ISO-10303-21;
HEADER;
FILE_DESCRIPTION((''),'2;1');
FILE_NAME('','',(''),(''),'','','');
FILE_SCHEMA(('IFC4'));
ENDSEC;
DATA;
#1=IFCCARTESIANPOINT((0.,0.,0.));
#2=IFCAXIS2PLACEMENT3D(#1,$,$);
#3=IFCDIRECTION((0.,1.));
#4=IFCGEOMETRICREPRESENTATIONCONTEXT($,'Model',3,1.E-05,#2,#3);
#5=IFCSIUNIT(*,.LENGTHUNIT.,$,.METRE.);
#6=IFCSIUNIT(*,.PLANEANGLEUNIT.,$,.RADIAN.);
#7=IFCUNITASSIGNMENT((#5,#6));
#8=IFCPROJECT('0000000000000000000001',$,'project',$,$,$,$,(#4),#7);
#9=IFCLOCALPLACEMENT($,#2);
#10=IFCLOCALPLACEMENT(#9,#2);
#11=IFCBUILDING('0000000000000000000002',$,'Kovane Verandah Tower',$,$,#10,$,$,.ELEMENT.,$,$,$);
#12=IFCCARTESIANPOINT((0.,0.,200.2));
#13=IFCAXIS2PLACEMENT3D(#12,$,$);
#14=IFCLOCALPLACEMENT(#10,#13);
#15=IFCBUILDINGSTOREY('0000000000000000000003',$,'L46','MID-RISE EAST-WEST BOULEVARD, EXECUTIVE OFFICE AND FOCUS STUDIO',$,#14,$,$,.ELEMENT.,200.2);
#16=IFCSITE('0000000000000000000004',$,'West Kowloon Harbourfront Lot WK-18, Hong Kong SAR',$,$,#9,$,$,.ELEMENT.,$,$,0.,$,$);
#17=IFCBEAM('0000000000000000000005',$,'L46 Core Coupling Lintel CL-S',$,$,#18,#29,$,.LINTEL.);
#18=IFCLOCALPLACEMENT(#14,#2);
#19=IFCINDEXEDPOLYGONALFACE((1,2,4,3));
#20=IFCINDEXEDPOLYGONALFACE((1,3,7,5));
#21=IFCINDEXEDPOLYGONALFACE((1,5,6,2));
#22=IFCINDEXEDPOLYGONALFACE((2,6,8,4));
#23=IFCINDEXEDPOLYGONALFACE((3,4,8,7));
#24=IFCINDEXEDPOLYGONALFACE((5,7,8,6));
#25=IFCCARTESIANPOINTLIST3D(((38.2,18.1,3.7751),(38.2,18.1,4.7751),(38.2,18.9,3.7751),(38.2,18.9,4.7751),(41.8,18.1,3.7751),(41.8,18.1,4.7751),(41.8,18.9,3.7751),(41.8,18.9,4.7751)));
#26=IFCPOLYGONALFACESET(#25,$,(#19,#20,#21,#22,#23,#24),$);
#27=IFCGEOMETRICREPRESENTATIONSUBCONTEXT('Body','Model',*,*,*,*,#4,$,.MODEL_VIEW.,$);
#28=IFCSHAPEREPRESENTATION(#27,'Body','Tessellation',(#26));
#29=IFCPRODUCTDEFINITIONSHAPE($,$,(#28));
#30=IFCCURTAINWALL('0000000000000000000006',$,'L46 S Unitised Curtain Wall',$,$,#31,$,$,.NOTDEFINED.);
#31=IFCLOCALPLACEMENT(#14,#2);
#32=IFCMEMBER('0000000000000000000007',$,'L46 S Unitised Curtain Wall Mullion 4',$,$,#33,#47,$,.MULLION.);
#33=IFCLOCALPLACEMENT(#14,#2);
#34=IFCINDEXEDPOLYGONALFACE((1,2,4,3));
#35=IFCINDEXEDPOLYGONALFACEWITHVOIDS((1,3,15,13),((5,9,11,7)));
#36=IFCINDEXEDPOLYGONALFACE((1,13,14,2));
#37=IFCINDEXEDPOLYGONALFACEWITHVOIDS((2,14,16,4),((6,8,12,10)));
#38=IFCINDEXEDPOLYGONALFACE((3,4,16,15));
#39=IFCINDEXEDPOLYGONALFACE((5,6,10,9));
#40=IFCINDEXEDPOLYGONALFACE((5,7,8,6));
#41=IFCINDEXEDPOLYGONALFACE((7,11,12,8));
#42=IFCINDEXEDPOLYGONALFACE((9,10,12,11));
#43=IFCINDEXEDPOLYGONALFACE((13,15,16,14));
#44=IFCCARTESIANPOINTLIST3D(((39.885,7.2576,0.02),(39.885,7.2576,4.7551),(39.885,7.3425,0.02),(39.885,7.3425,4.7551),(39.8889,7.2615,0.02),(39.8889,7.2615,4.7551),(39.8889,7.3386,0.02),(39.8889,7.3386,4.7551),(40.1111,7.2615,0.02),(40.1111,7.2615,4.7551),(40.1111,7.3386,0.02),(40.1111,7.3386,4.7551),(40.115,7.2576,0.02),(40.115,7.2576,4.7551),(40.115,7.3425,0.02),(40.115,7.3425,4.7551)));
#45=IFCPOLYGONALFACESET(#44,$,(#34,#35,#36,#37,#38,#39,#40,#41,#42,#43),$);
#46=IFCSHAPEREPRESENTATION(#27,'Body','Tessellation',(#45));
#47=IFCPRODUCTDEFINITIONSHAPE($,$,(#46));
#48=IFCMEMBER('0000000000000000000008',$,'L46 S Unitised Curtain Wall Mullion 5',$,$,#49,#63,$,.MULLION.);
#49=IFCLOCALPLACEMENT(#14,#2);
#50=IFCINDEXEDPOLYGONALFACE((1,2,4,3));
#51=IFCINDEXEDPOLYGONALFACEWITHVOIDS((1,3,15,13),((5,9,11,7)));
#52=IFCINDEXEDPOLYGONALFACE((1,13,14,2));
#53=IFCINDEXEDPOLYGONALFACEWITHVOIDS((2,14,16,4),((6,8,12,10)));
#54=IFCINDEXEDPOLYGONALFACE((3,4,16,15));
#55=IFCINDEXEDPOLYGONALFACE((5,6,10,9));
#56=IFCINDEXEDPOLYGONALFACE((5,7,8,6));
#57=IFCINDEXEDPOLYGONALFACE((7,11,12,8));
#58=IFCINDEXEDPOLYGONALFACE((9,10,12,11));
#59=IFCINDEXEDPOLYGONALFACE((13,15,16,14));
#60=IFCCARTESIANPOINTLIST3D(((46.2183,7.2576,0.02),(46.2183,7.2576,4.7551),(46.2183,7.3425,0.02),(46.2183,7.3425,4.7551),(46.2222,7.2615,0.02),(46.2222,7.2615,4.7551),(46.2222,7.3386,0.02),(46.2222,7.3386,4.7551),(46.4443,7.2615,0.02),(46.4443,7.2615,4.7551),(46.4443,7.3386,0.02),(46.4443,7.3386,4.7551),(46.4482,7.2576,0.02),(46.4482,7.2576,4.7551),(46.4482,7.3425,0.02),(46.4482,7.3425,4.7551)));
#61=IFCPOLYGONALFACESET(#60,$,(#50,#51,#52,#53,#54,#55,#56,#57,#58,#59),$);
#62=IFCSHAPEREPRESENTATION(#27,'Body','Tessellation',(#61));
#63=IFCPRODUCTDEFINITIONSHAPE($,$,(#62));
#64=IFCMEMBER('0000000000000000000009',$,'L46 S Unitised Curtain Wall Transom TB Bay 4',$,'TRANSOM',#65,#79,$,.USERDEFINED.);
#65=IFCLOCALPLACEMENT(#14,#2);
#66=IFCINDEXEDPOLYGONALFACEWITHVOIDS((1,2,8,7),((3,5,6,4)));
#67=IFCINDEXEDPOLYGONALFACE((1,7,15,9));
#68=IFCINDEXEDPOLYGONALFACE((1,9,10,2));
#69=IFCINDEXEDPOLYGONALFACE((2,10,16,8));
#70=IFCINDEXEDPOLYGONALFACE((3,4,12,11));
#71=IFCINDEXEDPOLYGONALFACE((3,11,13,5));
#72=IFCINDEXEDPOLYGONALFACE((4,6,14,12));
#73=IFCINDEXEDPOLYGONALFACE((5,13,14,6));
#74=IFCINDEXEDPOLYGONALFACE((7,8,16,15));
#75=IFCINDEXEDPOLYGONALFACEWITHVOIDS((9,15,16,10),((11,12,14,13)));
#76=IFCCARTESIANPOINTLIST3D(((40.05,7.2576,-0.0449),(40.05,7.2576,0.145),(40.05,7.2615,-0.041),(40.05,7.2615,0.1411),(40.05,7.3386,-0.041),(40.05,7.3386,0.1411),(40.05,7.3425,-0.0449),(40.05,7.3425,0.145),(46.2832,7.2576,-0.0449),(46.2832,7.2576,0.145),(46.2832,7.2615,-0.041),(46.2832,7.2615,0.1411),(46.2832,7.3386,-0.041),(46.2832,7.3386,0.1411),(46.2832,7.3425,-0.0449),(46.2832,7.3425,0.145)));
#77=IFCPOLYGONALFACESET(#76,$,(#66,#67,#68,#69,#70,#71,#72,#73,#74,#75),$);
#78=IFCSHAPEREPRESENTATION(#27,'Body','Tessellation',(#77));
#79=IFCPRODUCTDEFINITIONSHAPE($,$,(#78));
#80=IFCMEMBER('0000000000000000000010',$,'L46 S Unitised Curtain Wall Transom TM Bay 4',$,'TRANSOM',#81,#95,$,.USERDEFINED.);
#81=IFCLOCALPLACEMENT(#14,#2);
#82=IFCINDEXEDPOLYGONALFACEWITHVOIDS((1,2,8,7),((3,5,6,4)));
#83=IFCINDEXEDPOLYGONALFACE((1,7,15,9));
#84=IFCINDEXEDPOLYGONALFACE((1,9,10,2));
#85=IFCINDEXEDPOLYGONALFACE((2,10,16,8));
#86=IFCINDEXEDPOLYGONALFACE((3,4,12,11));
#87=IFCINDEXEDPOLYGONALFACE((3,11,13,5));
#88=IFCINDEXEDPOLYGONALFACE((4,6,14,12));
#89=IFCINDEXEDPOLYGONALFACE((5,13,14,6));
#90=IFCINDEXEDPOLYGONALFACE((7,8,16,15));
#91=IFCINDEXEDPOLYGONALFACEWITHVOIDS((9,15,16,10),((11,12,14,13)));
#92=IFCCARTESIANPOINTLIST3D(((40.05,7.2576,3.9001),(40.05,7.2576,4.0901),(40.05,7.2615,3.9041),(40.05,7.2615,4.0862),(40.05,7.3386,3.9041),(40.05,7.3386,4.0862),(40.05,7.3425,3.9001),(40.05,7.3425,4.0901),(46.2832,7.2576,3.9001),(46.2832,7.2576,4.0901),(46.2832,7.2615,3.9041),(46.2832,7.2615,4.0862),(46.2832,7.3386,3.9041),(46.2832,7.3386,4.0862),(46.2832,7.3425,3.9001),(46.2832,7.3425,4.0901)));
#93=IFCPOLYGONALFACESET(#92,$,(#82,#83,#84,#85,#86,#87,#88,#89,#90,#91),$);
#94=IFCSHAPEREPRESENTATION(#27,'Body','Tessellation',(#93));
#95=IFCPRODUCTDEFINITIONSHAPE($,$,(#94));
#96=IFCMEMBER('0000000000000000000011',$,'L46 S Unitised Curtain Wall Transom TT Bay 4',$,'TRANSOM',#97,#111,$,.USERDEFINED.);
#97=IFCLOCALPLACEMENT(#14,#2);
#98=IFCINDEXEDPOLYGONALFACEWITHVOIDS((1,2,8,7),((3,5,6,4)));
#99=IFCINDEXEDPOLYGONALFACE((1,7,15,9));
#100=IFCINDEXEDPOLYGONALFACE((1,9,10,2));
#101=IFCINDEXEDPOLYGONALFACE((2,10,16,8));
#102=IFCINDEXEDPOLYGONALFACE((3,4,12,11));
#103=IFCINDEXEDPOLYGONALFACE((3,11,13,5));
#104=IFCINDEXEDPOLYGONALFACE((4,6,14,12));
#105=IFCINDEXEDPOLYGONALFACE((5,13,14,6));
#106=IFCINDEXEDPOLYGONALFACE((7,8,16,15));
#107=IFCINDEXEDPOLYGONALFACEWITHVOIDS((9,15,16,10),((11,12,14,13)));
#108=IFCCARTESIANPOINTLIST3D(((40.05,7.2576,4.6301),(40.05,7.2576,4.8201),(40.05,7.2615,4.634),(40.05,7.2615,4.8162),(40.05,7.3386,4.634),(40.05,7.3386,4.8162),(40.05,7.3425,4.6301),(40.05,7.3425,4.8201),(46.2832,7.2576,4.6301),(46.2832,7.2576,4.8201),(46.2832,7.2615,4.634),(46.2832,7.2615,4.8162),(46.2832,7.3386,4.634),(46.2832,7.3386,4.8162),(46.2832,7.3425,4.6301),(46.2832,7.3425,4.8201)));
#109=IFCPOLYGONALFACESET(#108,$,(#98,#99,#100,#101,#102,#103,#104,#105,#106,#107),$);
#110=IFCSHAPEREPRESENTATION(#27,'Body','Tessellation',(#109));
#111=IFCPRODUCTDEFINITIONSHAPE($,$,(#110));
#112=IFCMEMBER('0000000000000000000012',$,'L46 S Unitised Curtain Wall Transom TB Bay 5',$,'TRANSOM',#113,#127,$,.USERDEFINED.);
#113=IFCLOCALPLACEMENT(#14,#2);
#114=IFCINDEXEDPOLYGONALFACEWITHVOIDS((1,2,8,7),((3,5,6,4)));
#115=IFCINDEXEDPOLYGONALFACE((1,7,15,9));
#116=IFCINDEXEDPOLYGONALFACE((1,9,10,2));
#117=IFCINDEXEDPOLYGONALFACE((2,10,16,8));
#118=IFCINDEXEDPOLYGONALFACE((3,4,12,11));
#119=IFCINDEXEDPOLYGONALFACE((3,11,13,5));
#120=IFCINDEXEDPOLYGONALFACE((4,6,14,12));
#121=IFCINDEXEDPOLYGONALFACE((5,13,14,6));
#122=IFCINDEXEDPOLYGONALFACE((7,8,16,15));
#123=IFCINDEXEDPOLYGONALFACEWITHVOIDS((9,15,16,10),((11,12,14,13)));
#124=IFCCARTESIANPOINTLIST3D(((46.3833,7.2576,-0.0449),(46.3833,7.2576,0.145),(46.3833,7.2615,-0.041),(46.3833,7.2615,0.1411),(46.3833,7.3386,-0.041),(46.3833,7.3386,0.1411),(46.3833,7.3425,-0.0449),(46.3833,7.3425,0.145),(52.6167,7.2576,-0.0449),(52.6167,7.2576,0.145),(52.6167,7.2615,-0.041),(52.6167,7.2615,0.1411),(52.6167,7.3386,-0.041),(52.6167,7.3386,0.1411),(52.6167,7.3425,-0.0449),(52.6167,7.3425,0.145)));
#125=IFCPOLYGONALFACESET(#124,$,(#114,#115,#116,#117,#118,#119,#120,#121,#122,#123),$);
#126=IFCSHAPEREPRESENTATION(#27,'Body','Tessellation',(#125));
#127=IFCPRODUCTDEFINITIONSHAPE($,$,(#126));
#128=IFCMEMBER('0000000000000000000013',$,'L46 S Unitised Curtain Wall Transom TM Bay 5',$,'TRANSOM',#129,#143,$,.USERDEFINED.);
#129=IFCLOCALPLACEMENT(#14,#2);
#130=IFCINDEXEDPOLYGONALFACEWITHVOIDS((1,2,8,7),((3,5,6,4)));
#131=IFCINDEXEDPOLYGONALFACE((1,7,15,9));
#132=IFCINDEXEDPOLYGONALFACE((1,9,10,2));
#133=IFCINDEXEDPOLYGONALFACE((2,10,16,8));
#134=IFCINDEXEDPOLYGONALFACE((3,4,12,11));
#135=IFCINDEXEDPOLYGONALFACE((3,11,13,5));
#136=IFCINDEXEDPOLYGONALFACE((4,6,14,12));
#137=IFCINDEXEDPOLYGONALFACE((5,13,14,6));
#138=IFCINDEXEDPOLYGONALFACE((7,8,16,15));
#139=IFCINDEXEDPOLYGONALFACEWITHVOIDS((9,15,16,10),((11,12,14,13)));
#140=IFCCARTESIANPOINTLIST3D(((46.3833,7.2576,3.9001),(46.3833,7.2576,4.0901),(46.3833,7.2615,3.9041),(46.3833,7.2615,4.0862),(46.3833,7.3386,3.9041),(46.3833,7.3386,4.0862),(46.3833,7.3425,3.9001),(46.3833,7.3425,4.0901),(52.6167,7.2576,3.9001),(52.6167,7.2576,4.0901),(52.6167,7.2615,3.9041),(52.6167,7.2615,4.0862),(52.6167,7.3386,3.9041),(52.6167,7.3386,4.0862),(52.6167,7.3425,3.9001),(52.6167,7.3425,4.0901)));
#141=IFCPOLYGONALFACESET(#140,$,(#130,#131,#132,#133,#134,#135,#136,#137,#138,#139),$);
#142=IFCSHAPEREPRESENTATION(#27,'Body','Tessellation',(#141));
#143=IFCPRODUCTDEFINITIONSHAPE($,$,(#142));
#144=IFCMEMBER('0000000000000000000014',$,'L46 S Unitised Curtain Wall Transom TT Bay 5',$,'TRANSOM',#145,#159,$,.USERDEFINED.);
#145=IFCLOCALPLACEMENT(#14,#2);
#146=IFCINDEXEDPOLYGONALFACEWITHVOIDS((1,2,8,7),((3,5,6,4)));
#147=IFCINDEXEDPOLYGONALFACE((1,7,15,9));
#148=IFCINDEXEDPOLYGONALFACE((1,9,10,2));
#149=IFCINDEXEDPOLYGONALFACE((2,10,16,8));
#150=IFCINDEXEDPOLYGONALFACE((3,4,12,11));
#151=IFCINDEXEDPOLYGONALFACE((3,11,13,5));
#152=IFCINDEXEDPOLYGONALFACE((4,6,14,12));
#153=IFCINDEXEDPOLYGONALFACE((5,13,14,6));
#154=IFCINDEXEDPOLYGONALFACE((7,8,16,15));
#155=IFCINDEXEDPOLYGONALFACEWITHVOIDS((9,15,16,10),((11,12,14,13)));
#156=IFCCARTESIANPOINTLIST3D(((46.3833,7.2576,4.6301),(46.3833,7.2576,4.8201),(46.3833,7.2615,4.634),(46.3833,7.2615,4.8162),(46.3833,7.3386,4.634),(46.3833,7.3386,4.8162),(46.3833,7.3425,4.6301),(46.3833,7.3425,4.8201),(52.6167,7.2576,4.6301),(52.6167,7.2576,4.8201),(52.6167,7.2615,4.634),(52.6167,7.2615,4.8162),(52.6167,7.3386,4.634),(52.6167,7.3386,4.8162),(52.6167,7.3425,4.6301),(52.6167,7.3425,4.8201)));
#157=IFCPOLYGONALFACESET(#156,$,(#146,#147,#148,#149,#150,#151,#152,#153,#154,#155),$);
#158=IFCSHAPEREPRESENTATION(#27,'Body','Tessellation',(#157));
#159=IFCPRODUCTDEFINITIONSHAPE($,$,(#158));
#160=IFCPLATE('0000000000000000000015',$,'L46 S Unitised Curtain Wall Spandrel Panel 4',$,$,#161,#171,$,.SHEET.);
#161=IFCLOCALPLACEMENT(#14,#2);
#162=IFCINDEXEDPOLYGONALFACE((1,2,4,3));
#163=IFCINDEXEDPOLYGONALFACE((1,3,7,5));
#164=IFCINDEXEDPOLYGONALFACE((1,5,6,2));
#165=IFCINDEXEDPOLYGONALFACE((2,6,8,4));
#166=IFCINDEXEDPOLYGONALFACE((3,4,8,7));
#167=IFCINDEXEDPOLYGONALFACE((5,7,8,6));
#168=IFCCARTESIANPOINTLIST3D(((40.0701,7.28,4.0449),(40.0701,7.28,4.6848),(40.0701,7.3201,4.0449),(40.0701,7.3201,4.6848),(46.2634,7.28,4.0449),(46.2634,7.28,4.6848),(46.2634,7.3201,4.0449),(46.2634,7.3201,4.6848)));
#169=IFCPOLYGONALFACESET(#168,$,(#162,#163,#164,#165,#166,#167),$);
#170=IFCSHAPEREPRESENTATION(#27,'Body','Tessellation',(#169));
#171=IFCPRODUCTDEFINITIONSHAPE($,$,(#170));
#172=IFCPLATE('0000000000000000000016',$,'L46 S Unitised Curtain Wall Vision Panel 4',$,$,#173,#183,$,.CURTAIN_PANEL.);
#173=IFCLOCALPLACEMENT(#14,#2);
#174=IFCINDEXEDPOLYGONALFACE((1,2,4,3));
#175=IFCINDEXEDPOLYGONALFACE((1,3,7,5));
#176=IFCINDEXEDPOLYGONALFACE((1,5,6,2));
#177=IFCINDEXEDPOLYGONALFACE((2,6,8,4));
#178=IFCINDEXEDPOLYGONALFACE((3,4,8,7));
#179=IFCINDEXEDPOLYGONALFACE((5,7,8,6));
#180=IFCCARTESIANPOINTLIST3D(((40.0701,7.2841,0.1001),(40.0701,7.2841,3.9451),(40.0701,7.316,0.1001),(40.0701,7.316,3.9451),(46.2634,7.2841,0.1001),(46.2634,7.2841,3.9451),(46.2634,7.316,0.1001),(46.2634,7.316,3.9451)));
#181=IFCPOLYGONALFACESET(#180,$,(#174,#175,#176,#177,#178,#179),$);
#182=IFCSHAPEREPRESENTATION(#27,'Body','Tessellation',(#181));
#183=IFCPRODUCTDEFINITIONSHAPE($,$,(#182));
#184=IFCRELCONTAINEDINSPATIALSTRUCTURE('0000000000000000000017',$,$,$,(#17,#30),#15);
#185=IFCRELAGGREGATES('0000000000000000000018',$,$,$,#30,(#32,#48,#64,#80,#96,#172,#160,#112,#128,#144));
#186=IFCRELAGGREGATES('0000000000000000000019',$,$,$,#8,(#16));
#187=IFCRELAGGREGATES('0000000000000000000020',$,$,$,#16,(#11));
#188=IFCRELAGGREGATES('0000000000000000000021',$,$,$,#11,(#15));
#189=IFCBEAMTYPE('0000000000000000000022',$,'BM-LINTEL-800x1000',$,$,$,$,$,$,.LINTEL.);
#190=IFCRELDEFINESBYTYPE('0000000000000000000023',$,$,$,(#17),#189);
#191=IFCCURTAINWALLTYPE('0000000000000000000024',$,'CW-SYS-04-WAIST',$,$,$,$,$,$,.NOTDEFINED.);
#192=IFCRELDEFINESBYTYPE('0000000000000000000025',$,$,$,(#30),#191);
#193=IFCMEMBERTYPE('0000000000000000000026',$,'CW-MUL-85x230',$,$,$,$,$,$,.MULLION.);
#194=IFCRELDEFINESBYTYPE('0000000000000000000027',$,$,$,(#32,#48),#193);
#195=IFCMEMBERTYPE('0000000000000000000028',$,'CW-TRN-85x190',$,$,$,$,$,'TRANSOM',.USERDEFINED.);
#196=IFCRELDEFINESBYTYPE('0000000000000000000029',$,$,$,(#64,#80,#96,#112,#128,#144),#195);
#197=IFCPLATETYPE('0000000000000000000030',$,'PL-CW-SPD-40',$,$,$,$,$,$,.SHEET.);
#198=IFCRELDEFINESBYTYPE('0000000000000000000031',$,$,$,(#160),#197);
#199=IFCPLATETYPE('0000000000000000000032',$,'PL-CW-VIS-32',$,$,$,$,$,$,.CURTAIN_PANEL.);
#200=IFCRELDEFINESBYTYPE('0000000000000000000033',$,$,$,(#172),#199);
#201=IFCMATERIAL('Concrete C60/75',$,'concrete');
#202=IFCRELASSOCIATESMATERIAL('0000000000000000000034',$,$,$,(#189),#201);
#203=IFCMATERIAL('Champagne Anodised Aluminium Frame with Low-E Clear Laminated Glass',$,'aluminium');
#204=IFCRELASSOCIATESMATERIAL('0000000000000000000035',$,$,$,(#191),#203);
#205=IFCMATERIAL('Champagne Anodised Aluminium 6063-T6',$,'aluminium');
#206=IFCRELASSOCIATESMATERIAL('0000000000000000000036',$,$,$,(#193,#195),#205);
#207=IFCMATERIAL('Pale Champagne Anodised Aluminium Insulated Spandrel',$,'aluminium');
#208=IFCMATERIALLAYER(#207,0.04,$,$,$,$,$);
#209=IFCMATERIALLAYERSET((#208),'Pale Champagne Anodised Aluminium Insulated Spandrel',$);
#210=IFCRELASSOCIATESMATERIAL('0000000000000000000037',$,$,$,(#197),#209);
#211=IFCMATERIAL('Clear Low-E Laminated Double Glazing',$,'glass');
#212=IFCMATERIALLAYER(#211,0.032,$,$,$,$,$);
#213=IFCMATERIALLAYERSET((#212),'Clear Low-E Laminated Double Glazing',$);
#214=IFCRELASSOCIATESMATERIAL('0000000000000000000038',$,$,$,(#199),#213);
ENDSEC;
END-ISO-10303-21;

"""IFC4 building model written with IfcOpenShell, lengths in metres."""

from ifc_helpers import new_model, si_unit, direction, frame, origin, origin_2d, place, context, subcontext, project, spatial, rectangle, hollow_rectangle, extrude, material, layer, layer_set, material_profile, profile_set, type_object, element, aggregate, save


model = new_model("IFC4")

# Units and contexts
model_context = context("Model", 3, precision=1e-05, world=origin(), true_north=direction((0.0, 1.0)))
body_context = subcontext(model_context, "Body", "Model", "MODEL_VIEW")
ifc_project = project(units=[si_unit("LENGTHUNIT", "METRE"), si_unit("PLANEANGLEUNIT", "RADIAN")], contexts=[model_context])

# Site, building, storey
site_placement = place(None, origin())
site = spatial("IfcSite", under=ifc_project, at=site_placement, Name="West Kowloon Harbourfront Lot WK-18, Hong Kong SAR", CompositionType="ELEMENT", RefElevation=0.0)
building_placement = place(site_placement, origin())
building = spatial("IfcBuilding", under=site, at=building_placement, Name="Kovane Verandah Tower", CompositionType="ELEMENT")
storey_placement = place(building_placement, frame((0.0, 0.0, 200.2)))
storey = spatial("IfcBuildingStorey", under=building, at=storey_placement, Name="L46", Description="MID-RISE EAST-WEST BOULEVARD, EXECUTIVE OFFICE AND FOCUS STUDIO", CompositionType="ELEMENT", Elevation=200.2)

# Beam
ifc_material_1 = material(Name="Concrete C60/75", Category="concrete")
ifc_material_profile_1 = material_profile(ifc_material_1, rectangle(XDim=0.8, YDim=1.0, at=origin_2d()), Name="RCB800x1000")
ifc_profile_set_1 = profile_set([ifc_material_profile_1], Name="Concrete C60/75")
beam_type = type_object("IfcBeamType", Name="BM-LINTEL-800x1000", PredefinedType="LINTEL", material=ifc_profile_set_1)
beam_placement = place(storey_placement, frame((38.2, 18.5, 4.2751), z_axis=(1.0, 0.0, 0.0), x_axis=(0.0, 1.0, 0.0)))
element("IfcBeam", 1, at=beam_placement, inside=storey, type_object=beam_type, Name="L46 Core Coupling Lintel CL-S", PredefinedType="LINTEL", context=body_context, shape_type="SweptSolid", body=[
    extrude(rectangle(XDim=0.8, YDim=1.0, at=origin_2d()), origin(), (0.0, 0.0, 1.0), 3.6001),
])

# Curtain wall, members, plates
ifc_material_2 = material(Name="Champagne Anodised Aluminium Frame with Low-E Clear Laminated Glass", Category="aluminium")
curtain_wall_type = type_object("IfcCurtainWallType", Name="CW-SYS-04-WAIST", PredefinedType="NOTDEFINED", material=ifc_material_2)
curtain_wall_placement = place(storey_placement, origin())
curtain_wall = element("IfcCurtainWall", 2, at=curtain_wall_placement, inside=storey, type_object=curtain_wall_type, Name="L46 S Unitised Curtain Wall", PredefinedType="NOTDEFINED")
ifc_material_3 = material(Name="Champagne Anodised Aluminium 6063-T6", Category="aluminium")
ifc_material_profile_2 = material_profile(ifc_material_3, hollow_rectangle(XDim=0.085, YDim=0.23, WallThickness=0.0039, at=origin_2d()), Name="AL85x230x4")
ifc_profile_set_2 = profile_set([ifc_material_profile_2], Name="Champagne Anodised Aluminium 6063-T6")
member_type_1 = type_object("IfcMemberType", Name="CW-MUL-85x230", PredefinedType="MULLION", material=ifc_profile_set_2)
member_1_placement = place(storey_placement, frame((40.0, 7.3, 0.02), z_axis=(0.0, 0.0, 1.0), x_axis=(0.0, -1.0, 0.0)))
member_1 = element("IfcMember", 3, at=member_1_placement, type_object=member_type_1, Name="L46 S Unitised Curtain Wall Mullion 4", PredefinedType="MULLION", context=body_context, shape_type="SweptSolid", body=[
    extrude(hollow_rectangle(XDim=0.085, YDim=0.23, WallThickness=0.0039, at=origin_2d()), origin(), (0.0, 0.0, 1.0), 4.7351),
])
member_2_placement = place(storey_placement, frame((46.3333, 7.3, 0.02), z_axis=(0.0, 0.0, 1.0), x_axis=(0.0, -1.0, 0.0)))
member_2 = element("IfcMember", 4, at=member_2_placement, type_object=member_type_1, Name="L46 S Unitised Curtain Wall Mullion 5", PredefinedType="MULLION", context=body_context, shape_type="SweptSolid", body=[
    extrude(hollow_rectangle(XDim=0.085, YDim=0.23, WallThickness=0.0039, at=origin_2d()), origin(), (0.0, 0.0, 1.0), 4.7351),
])
ifc_material_profile_3 = material_profile(ifc_material_3, hollow_rectangle(XDim=0.085, YDim=0.1899, WallThickness=0.0039, at=origin_2d()), Name="AL85x190x4")
ifc_profile_set_3 = profile_set([ifc_material_profile_3], Name="Champagne Anodised Aluminium 6063-T6")
member_type_2 = type_object("IfcMemberType", Name="CW-TRN-85x190", ElementType="TRANSOM", PredefinedType="USERDEFINED", material=ifc_profile_set_3)
member_3_placement = place(storey_placement, frame((40.05, 7.3, 0.05), z_axis=(1.0, 0.0, 0.0), x_axis=(0.0, 1.0, 0.0)))
member_3 = element("IfcMember", 5, at=member_3_placement, type_object=member_type_2, Name="L46 S Unitised Curtain Wall Transom TB Bay 4", ObjectType="TRANSOM", PredefinedType="USERDEFINED", context=body_context, shape_type="SweptSolid", body=[
    extrude(hollow_rectangle(XDim=0.085, YDim=0.1899, WallThickness=0.0039, at=origin_2d()), origin(), (0.0, 0.0, 1.0), 6.2332),
])
member_4_placement = place(storey_placement, frame((40.05, 7.3, 3.9951), z_axis=(1.0, 0.0, 0.0), x_axis=(0.0, 1.0, 0.0)))
member_4 = element("IfcMember", 6, at=member_4_placement, type_object=member_type_2, Name="L46 S Unitised Curtain Wall Transom TM Bay 4", ObjectType="TRANSOM", PredefinedType="USERDEFINED", context=body_context, shape_type="SweptSolid", body=[
    extrude(hollow_rectangle(XDim=0.085, YDim=0.1899, WallThickness=0.0039, at=origin_2d()), origin(), (0.0, 0.0, 1.0), 6.2332),
])
member_5_placement = place(storey_placement, frame((40.05, 7.3, 4.7251), z_axis=(1.0, 0.0, 0.0), x_axis=(0.0, 1.0, 0.0)))
member_5 = element("IfcMember", 7, at=member_5_placement, type_object=member_type_2, Name="L46 S Unitised Curtain Wall Transom TT Bay 4", ObjectType="TRANSOM", PredefinedType="USERDEFINED", context=body_context, shape_type="SweptSolid", body=[
    extrude(hollow_rectangle(XDim=0.085, YDim=0.1899, WallThickness=0.0039, at=origin_2d()), origin(), (0.0, 0.0, 1.0), 6.2332),
])
member_6_placement = place(storey_placement, frame((46.3833, 7.3, 0.05), z_axis=(1.0, 0.0, 0.0), x_axis=(0.0, 1.0, 0.0)))
member_6 = element("IfcMember", 8, at=member_6_placement, type_object=member_type_2, Name="L46 S Unitised Curtain Wall Transom TB Bay 5", ObjectType="TRANSOM", PredefinedType="USERDEFINED", context=body_context, shape_type="SweptSolid", body=[
    extrude(hollow_rectangle(XDim=0.085, YDim=0.1899, WallThickness=0.0039, at=origin_2d()), origin(), (0.0, 0.0, 1.0), 6.2334),
])
member_7_placement = place(storey_placement, frame((46.3833, 7.3, 3.9951), z_axis=(1.0, 0.0, 0.0), x_axis=(0.0, 1.0, 0.0)))
member_7 = element("IfcMember", 9, at=member_7_placement, type_object=member_type_2, Name="L46 S Unitised Curtain Wall Transom TM Bay 5", ObjectType="TRANSOM", PredefinedType="USERDEFINED", context=body_context, shape_type="SweptSolid", body=[
    extrude(hollow_rectangle(XDim=0.085, YDim=0.1899, WallThickness=0.0039, at=origin_2d()), origin(), (0.0, 0.0, 1.0), 6.2334),
])
member_8_placement = place(storey_placement, frame((46.3833, 7.3, 4.7251), z_axis=(1.0, 0.0, 0.0), x_axis=(0.0, 1.0, 0.0)))
member_8 = element("IfcMember", 10, at=member_8_placement, type_object=member_type_2, Name="L46 S Unitised Curtain Wall Transom TT Bay 5", ObjectType="TRANSOM", PredefinedType="USERDEFINED", context=body_context, shape_type="SweptSolid", body=[
    extrude(hollow_rectangle(XDim=0.085, YDim=0.1899, WallThickness=0.0039, at=origin_2d()), origin(), (0.0, 0.0, 1.0), 6.2334),
])
ifc_material_4 = material(Name="Pale Champagne Anodised Aluminium Insulated Spandrel", Category="aluminium")
ifc_layer_1 = layer(ifc_material_4, 0.04)
ifc_layer_set_1 = layer_set([ifc_layer_1], Name="Pale Champagne Anodised Aluminium Insulated Spandrel")
plate_type_1 = type_object("IfcPlateType", Name="PL-CW-SPD-40", PredefinedType="SHEET", material=ifc_layer_set_1)
plate_1_placement = place(storey_placement, frame((43.1667, 7.3, 4.0449), z_axis=(0.0, 0.0, 1.0), x_axis=(1.0, 0.0, 0.0)))
plate_1 = element("IfcPlate", 11, at=plate_1_placement, type_object=plate_type_1, Name="L46 S Unitised Curtain Wall Spandrel Panel 4", PredefinedType="SHEET", context=body_context, shape_type="SweptSolid", body=[
    extrude(rectangle(XDim=6.1934, YDim=0.04, at=origin_2d()), origin(), (0.0, 0.0, 1.0), 0.6399),
])
ifc_material_5 = material(Name="Clear Low-E Laminated Double Glazing", Category="glass")
ifc_layer_2 = layer(ifc_material_5, 0.032)
ifc_layer_set_2 = layer_set([ifc_layer_2], Name="Clear Low-E Laminated Double Glazing")
plate_type_2 = type_object("IfcPlateType", Name="PL-CW-VIS-32", PredefinedType="CURTAIN_PANEL", material=ifc_layer_set_2)
plate_2_placement = place(storey_placement, frame((43.1667, 7.3, 0.1001), z_axis=(0.0, 0.0, 1.0), x_axis=(1.0, 0.0, 0.0)))
plate_2 = element("IfcPlate", 12, at=plate_2_placement, type_object=plate_type_2, Name="L46 S Unitised Curtain Wall Vision Panel 4", PredefinedType="CURTAIN_PANEL", context=body_context, shape_type="SweptSolid", body=[
    extrude(rectangle(XDim=6.1934, YDim=0.032, at=origin_2d()), origin(), (0.0, 0.0, 1.0), 3.845),
])
aggregate(curtain_wall, [member_1, member_2, member_3, member_4, member_5, plate_2, plate_1, member_6, member_7, member_8])

save(model, "model.ifc")
